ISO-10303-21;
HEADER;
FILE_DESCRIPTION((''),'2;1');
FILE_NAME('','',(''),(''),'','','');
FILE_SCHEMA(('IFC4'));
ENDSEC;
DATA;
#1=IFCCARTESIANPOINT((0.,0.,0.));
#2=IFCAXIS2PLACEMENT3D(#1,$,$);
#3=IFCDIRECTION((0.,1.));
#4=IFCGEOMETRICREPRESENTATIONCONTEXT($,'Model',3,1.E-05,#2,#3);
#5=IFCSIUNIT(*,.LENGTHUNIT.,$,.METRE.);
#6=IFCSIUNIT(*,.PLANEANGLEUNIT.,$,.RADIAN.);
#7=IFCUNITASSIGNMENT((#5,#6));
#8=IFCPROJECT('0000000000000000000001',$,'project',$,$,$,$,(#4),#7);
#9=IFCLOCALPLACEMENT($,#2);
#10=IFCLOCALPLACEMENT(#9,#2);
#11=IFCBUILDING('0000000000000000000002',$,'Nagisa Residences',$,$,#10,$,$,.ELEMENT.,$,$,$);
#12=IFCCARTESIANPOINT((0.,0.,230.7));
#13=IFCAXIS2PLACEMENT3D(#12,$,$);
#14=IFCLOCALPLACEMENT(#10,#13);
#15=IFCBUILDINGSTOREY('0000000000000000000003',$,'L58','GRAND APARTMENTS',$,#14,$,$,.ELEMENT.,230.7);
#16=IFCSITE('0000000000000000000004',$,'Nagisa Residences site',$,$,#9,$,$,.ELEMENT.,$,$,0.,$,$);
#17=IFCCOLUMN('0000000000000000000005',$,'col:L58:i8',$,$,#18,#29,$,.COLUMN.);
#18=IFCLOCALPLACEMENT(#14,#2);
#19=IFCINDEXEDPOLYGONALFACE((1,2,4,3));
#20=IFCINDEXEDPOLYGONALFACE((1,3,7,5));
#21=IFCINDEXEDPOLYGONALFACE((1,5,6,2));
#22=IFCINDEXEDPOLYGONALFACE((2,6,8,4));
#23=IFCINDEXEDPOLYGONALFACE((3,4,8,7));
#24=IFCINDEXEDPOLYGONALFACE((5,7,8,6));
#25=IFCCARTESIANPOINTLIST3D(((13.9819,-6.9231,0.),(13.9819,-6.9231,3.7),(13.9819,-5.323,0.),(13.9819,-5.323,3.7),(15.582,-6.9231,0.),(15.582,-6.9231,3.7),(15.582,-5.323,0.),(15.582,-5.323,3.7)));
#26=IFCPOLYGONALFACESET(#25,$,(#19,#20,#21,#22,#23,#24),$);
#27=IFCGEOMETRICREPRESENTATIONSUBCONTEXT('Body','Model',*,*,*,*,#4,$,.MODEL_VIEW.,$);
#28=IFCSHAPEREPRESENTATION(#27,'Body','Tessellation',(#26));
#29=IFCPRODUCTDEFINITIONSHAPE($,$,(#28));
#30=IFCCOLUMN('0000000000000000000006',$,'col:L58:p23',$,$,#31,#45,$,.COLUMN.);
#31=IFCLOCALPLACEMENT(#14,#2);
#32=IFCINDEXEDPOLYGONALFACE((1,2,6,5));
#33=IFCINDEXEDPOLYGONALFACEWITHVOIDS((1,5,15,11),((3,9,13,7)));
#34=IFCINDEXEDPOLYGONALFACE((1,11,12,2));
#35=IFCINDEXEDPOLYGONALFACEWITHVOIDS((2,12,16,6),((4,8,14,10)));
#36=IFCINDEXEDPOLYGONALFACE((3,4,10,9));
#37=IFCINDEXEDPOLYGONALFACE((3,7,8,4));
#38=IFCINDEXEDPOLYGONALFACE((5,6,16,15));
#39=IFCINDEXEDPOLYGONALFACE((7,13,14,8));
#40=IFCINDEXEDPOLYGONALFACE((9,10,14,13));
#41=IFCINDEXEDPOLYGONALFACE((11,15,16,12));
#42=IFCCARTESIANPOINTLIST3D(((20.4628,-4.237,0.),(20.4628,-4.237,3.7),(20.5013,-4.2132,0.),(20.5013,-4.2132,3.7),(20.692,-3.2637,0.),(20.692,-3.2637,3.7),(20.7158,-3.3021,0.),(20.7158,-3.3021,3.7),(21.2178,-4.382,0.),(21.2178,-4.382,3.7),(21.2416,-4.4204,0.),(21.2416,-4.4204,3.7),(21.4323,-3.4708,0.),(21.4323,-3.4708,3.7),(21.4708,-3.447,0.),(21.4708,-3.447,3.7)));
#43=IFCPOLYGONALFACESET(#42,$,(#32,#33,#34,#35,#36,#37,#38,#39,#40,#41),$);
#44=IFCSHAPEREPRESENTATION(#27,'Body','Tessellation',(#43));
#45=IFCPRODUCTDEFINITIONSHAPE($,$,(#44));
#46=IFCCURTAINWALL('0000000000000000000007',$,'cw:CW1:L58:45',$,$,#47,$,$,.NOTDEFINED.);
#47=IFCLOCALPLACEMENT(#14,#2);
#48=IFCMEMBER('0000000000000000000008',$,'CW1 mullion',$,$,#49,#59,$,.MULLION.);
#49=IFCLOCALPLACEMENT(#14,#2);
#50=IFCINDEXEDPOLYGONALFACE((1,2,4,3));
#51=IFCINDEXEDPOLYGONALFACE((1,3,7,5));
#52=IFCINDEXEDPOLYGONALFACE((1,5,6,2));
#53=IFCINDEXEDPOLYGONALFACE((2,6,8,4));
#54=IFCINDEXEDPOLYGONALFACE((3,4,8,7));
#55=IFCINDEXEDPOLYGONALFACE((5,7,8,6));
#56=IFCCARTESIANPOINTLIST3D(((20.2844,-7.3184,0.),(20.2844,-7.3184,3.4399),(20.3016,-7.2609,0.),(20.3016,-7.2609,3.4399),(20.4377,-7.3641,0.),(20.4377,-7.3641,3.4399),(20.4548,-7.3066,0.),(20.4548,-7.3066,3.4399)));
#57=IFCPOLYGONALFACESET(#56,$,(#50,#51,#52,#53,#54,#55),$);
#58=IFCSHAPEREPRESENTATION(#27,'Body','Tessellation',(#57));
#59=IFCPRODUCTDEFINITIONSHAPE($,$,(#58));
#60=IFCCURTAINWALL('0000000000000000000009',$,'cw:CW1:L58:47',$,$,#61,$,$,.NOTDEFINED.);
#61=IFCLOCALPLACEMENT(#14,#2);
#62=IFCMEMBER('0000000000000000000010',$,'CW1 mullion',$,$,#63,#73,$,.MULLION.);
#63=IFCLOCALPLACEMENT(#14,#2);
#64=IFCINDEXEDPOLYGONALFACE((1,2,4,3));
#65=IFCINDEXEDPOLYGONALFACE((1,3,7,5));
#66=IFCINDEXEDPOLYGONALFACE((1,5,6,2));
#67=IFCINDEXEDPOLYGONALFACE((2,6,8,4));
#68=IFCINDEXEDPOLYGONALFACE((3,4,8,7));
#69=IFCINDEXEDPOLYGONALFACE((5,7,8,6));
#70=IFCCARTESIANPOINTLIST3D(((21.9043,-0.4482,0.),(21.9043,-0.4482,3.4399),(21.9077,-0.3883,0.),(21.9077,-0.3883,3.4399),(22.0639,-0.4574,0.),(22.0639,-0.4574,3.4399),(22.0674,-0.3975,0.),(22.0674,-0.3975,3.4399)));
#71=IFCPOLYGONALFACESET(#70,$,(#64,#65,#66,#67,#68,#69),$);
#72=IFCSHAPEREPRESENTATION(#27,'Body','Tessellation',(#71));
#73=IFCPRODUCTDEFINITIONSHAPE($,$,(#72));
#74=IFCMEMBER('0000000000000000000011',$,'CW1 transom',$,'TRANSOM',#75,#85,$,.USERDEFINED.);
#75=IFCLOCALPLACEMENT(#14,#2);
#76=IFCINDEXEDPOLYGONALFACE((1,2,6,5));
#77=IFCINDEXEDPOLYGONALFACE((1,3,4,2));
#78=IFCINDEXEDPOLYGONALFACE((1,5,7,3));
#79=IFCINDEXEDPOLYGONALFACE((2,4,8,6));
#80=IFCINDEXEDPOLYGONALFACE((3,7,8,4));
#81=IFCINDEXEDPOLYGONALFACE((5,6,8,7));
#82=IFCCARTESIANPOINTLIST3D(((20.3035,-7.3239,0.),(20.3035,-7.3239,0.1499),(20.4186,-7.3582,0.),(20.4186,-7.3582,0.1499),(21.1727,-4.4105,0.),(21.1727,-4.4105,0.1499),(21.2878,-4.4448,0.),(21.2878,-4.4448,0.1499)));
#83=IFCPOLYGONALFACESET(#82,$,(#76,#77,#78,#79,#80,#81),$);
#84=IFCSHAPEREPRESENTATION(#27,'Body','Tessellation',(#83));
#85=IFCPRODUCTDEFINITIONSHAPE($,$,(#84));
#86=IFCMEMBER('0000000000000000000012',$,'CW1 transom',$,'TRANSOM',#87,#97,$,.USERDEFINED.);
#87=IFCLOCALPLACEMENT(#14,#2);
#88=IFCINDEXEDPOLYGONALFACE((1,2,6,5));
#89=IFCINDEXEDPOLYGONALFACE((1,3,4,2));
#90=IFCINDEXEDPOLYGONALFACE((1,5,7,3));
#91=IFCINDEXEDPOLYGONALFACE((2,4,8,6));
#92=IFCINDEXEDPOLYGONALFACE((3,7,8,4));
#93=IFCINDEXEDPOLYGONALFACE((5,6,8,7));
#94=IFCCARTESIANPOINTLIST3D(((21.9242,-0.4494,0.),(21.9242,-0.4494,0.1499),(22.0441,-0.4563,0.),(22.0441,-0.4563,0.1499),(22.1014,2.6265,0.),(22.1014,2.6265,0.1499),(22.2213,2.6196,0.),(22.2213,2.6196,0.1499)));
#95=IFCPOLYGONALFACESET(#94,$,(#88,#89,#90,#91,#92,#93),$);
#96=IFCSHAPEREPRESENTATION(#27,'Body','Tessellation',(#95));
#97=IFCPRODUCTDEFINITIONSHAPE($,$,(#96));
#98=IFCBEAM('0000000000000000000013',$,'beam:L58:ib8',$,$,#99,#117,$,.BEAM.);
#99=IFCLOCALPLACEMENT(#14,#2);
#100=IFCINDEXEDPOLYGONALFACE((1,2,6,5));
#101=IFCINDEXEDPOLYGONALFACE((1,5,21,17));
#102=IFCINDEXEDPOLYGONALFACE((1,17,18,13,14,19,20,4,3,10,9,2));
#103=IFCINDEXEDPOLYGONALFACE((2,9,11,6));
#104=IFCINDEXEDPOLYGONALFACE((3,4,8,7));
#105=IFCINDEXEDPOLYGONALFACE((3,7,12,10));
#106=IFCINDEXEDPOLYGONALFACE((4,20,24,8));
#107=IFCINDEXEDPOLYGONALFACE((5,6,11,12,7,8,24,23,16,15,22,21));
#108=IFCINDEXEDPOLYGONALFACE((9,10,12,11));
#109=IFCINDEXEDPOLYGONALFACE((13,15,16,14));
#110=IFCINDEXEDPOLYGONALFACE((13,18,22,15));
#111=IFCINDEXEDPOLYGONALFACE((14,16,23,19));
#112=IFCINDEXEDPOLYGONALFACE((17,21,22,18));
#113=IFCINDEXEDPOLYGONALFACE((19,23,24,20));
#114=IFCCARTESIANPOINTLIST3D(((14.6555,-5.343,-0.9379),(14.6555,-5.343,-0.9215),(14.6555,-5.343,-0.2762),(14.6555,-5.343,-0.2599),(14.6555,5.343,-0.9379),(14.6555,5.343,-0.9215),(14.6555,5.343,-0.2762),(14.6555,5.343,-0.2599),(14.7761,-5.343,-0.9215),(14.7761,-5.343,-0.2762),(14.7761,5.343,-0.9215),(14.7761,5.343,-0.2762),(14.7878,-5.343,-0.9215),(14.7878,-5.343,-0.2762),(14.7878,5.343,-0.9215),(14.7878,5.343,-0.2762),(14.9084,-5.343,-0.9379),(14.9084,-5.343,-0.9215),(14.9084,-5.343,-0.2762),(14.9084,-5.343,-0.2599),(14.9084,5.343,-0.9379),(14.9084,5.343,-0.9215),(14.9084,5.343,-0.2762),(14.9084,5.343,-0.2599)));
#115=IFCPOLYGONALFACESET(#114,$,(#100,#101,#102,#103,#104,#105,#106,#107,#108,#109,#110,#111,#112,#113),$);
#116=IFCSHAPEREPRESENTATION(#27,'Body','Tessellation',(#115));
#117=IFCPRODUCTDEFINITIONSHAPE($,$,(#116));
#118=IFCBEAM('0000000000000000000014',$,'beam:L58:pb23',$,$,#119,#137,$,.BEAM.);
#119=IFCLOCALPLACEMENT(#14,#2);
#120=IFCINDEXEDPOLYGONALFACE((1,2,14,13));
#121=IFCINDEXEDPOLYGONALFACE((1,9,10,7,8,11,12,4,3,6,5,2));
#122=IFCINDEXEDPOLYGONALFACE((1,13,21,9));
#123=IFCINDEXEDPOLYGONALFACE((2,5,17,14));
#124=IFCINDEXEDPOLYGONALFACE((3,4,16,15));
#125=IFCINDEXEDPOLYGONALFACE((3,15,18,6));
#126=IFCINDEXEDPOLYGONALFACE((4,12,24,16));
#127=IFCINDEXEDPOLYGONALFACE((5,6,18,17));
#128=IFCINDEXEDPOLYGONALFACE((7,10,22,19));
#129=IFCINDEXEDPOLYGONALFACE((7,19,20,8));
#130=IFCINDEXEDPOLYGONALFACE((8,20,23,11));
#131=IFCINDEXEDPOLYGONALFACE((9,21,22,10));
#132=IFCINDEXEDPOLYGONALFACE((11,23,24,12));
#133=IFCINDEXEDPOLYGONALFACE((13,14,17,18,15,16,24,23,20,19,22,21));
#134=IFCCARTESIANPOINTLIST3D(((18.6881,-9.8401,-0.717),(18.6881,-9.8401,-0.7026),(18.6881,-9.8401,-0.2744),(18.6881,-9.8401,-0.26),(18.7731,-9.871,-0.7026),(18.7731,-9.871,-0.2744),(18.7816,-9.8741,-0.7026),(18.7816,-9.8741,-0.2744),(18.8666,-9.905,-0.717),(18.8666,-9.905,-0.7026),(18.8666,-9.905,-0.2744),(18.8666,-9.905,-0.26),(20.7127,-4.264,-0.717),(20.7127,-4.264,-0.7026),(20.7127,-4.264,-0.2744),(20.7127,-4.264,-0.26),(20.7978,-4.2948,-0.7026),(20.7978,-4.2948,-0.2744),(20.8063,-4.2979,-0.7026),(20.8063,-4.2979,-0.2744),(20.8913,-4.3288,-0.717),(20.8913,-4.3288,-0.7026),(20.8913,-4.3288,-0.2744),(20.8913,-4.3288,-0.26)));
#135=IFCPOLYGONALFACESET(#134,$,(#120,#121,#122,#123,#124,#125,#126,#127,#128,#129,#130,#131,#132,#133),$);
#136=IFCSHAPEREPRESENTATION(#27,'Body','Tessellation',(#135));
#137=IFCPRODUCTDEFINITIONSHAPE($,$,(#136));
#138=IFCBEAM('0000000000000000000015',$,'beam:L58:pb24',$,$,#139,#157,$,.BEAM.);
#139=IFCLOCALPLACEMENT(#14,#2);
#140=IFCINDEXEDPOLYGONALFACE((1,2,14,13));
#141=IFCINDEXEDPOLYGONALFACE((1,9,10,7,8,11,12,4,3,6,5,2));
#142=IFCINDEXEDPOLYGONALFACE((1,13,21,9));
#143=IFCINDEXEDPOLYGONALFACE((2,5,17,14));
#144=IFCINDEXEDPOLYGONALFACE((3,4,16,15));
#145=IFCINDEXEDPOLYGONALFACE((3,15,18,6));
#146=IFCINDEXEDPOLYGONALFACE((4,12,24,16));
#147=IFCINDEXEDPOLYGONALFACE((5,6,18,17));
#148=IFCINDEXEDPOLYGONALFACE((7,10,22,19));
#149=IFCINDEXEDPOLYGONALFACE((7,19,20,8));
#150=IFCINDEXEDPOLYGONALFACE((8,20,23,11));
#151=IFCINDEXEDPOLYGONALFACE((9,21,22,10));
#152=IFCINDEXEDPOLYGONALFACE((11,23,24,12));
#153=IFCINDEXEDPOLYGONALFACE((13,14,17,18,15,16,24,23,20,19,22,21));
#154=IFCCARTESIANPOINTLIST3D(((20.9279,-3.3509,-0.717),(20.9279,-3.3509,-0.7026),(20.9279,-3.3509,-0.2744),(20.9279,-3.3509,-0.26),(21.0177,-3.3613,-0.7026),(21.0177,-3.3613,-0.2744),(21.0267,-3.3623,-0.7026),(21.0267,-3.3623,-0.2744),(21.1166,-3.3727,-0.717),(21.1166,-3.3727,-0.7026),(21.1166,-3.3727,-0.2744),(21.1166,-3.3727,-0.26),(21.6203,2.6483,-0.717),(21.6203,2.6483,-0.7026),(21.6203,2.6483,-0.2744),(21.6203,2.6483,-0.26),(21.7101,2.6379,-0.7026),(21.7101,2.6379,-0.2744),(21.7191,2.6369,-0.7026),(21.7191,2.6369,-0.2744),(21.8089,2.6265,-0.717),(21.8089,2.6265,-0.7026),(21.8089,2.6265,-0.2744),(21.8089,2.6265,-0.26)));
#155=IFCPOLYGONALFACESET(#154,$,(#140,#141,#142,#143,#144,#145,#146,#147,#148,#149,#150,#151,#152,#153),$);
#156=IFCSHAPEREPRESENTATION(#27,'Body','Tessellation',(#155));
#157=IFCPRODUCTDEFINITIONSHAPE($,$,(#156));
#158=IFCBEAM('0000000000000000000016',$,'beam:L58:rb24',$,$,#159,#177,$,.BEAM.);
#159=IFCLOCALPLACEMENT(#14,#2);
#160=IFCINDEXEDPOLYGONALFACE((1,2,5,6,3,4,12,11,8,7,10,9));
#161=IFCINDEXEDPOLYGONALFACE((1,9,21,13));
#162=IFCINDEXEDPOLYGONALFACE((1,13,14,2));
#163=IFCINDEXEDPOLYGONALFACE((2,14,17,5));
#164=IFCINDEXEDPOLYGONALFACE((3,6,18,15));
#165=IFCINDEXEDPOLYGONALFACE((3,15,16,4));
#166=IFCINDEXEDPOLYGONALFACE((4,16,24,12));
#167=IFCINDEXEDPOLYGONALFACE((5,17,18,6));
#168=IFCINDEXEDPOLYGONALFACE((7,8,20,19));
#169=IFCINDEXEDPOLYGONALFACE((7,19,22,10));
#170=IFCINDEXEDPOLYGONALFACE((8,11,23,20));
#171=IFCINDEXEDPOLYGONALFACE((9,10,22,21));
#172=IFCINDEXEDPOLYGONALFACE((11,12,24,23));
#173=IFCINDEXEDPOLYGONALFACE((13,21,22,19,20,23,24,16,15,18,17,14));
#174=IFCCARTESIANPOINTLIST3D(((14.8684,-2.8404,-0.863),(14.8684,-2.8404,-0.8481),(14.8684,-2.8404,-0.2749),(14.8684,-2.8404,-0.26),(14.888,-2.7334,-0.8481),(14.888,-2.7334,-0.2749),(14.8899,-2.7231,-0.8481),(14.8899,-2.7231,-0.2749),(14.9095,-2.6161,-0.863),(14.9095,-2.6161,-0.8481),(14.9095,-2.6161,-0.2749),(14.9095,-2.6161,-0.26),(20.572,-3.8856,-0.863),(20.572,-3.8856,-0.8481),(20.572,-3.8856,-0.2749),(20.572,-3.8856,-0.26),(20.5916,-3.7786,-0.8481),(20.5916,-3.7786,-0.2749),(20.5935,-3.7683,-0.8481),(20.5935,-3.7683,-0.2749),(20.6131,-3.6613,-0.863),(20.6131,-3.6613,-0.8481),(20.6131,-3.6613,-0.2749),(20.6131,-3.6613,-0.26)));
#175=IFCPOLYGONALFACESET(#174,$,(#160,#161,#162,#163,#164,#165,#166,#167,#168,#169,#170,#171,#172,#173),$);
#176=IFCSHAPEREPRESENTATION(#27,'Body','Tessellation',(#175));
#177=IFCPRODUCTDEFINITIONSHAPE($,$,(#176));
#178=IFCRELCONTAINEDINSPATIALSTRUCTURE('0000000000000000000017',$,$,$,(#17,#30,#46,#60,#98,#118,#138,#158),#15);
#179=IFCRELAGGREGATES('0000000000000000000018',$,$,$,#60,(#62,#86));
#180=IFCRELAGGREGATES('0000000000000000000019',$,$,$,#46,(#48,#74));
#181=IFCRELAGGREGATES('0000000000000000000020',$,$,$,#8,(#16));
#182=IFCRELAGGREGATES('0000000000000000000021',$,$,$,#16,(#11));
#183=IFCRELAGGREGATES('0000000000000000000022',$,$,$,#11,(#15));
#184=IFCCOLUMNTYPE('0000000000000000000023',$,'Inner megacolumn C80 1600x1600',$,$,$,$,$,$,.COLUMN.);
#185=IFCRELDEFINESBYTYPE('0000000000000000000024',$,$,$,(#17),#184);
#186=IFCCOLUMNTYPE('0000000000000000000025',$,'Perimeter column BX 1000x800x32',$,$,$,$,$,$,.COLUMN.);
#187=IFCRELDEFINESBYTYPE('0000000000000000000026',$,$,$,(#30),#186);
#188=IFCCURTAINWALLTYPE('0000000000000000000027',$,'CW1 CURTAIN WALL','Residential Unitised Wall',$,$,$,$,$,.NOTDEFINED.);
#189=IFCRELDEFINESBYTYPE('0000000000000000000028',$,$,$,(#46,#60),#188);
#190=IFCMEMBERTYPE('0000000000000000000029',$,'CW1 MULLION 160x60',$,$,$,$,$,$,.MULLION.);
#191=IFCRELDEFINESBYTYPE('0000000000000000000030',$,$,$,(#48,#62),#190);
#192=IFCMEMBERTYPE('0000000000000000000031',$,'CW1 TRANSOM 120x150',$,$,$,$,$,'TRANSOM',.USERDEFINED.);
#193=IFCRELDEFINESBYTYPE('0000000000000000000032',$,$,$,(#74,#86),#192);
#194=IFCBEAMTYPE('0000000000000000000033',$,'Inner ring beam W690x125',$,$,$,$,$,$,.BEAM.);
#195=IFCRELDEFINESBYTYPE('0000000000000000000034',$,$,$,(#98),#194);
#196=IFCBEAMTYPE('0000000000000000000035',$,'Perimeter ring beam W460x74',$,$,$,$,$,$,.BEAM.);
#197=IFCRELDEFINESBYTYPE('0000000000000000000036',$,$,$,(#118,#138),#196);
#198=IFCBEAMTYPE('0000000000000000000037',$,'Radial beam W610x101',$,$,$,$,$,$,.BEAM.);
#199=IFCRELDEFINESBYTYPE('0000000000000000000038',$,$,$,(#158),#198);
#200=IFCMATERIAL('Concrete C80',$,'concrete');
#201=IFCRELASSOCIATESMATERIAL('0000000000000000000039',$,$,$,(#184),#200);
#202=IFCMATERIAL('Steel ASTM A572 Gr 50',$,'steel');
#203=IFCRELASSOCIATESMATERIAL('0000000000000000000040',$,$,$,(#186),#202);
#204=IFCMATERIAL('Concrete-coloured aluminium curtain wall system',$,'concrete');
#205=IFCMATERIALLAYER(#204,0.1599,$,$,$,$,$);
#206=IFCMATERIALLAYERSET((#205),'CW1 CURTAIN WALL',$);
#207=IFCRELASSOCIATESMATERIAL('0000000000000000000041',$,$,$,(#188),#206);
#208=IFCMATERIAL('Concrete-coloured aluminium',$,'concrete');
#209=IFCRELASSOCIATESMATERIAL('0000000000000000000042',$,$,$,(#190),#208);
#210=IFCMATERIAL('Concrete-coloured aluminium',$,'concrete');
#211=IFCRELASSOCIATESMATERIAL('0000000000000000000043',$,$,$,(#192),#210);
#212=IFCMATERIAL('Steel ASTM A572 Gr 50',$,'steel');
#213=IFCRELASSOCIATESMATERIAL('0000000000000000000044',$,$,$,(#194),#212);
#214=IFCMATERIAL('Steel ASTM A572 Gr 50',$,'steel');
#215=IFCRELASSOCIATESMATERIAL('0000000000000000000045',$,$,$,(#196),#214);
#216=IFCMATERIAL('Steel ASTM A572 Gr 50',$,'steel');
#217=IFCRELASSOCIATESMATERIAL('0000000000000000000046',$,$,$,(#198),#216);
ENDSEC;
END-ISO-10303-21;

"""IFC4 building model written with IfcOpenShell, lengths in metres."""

from ifc_helpers import new_model, si_unit, direction, frame, origin, origin_2d, place, context, subcontext, project, spatial, rectangle, hollow_rectangle, i_section, extrude, material, layer, layer_set, material_profile, profile_set, type_object, element, aggregate, save


model = new_model("IFC4")

# Units and contexts
model_context = context("Model", 3, precision=1e-05, world=origin(), true_north=direction((0.0, 1.0)))
body_context = subcontext(model_context, "Body", "Model", "MODEL_VIEW")
ifc_project = project(units=[si_unit("LENGTHUNIT", "METRE"), si_unit("PLANEANGLEUNIT", "RADIAN")], contexts=[model_context])

# Site, building, storey
site_placement = place(None, origin())
site = spatial("IfcSite", under=ifc_project, at=site_placement, Name="Nagisa Residences site", CompositionType="ELEMENT", RefElevation=0.0)
building_placement = place(site_placement, origin())
building = spatial("IfcBuilding", under=site, at=building_placement, Name="Nagisa Residences", CompositionType="ELEMENT")
storey_placement = place(building_placement, frame((0.0, 0.0, 230.7)))
storey = spatial("IfcBuildingStorey", under=building, at=storey_placement, Name="L58", Description="GRAND APARTMENTS", CompositionType="ELEMENT", Elevation=230.7)

# Columns
ifc_material_1 = material(Name="Concrete C80", Category="concrete")
ifc_material_profile_1 = material_profile(ifc_material_1, rectangle(XDim=1.6001, YDim=1.6001, at=origin_2d()), Name="C80 1600x1600")
ifc_profile_set_1 = profile_set([ifc_material_profile_1], Name="Concrete C80")
column_type_1 = type_object("IfcColumnType", Name="Inner megacolumn C80 1600x1600", PredefinedType="COLUMN", material=ifc_profile_set_1)
column_1_placement = place(storey_placement, frame((14.782, -6.123, 0.0), z_axis=(0.0, 0.0, 1.0), x_axis=(1.0, 0.0, 0.0)))
element("IfcColumn", 1, at=column_1_placement, inside=storey, type_object=column_type_1, Name="col:L58:i8", PredefinedType="COLUMN", context=body_context, shape_type="SweptSolid", body=[
    extrude(rectangle(XDim=1.6001, YDim=1.6001, at=origin_2d()), origin(), (0.0, 0.0, 1.0), 3.7),
])
ifc_material_2 = material(Name="Steel ASTM A572 Gr 50", Category="steel")
ifc_material_profile_2 = material_profile(ifc_material_2, hollow_rectangle(XDim=1.0, YDim=0.8, WallThickness=0.032, at=origin_2d()), Name="BX 1000x800x32")
ifc_profile_set_2 = profile_set([ifc_material_profile_2], Name="Steel ASTM A572 Gr 50")
column_type_2 = type_object("IfcColumnType", Name="Perimeter column BX 1000x800x32", PredefinedType="COLUMN", material=ifc_profile_set_2)
column_2_placement = place(storey_placement, frame((20.9668, -3.842, 0.0), z_axis=(0.0, 0.0, 1.0), x_axis=(0.229202, 0.973379, 0.0)))
element("IfcColumn", 2, at=column_2_placement, inside=storey, type_object=column_type_2, Name="col:L58:p23", PredefinedType="COLUMN", context=body_context, shape_type="SweptSolid", body=[
    extrude(hollow_rectangle(XDim=1.0, YDim=0.8, WallThickness=0.032, at=origin_2d()), origin(), (0.0, 0.0, 1.0), 3.7),
])

# Curtain walls, members
ifc_material_3 = material(Name="Concrete-coloured aluminium curtain wall system", Category="concrete")
ifc_layer_1 = layer(ifc_material_3, 0.1599)
ifc_layer_set_1 = layer_set([ifc_layer_1], Name="CW1 CURTAIN WALL")
curtain_wall_type = type_object("IfcCurtainWallType", Name="CW1 CURTAIN WALL", Description="Residential Unitised Wall", PredefinedType="NOTDEFINED", material=ifc_layer_set_1)
curtain_wall_1_placement = place(storey_placement, origin())
curtain_wall_1 = element("IfcCurtainWall", 3, at=curtain_wall_1_placement, inside=storey, type_object=curtain_wall_type, Name="cw:CW1:L58:45", PredefinedType="NOTDEFINED")
ifc_material_4 = material(Name="Concrete-coloured aluminium", Category="concrete")
ifc_material_profile_3 = material_profile(ifc_material_4, rectangle(XDim=0.1599, YDim=0.0601, at=origin_2d()), Name="CW1 MULLION 160x60")
ifc_profile_set_3 = profile_set([ifc_material_profile_3], Name="Concrete-coloured aluminium")
member_type_1 = type_object("IfcMemberType", Name="CW1 MULLION 160x60", PredefinedType="MULLION", material=ifc_profile_set_3)
member_1_placement = place(storey_placement, frame((20.3696, -7.3125, 0.0), z_axis=(0.0, 0.0, 1.0), x_axis=(-0.958271, 0.28586, 0.0)))
member_1 = element("IfcMember", 4, at=member_1_placement, type_object=member_type_1, Name="CW1 mullion", PredefinedType="MULLION", context=body_context, shape_type="SweptSolid", body=[
    extrude(rectangle(XDim=0.1599, YDim=0.0601, at=origin_2d()), origin(), (0.0, 0.0, 1.0), 3.4399),
])
curtain_wall_2_placement = place(storey_placement, origin())
curtain_wall_2 = element("IfcCurtainWall", 5, at=curtain_wall_2_placement, inside=storey, type_object=curtain_wall_type, Name="cw:CW1:L58:47", PredefinedType="NOTDEFINED")
member_2_placement = place(storey_placement, frame((21.9858, -0.4229, 0.0), z_axis=(0.0, 0.0, 1.0), x_axis=(-0.998345, 0.057503, 0.0)))
member_2 = element("IfcMember", 6, at=member_2_placement, type_object=member_type_1, Name="CW1 mullion", PredefinedType="MULLION", context=body_context, shape_type="SweptSolid", body=[
    extrude(rectangle(XDim=0.1599, YDim=0.0601, at=origin_2d()), origin(), (0.0, 0.0, 1.0), 3.4399),
])

# Members
ifc_material_5 = material(Name="Concrete-coloured aluminium", Category="concrete")
ifc_material_profile_4 = material_profile(ifc_material_5, rectangle(XDim=0.1201, YDim=0.1499, at=origin_2d()), Name="CW1 TRANSOM 120x150")
ifc_profile_set_4 = profile_set([ifc_material_profile_4], Name="Concrete-coloured aluminium")
member_type_2 = type_object("IfcMemberType", Name="CW1 TRANSOM 120x150", ElementType="TRANSOM", PredefinedType="USERDEFINED", material=ifc_profile_set_4)
member_3_placement = place(storey_placement, frame((20.3611, -7.3411, 0.075), z_axis=(0.285881, 0.958265, 0.0), x_axis=(-0.958265, 0.285881, 0.0)))
member_3 = element("IfcMember", 7, at=member_3_placement, type_object=member_type_2, Name="CW1 transom", ObjectType="TRANSOM", PredefinedType="USERDEFINED", context=body_context, shape_type="SweptSolid", body=[
    extrude(rectangle(XDim=0.1201, YDim=0.1499, at=origin_2d()), origin(), (0.0, 0.0, 1.0), 3.0403),
])
member_4_placement = place(storey_placement, frame((21.9841, -0.4529, 0.075), z_axis=(0.057528, 0.998344, 0.0), x_axis=(-0.998344, 0.057528, 0.0)))
member_4 = element("IfcMember", 8, at=member_4_placement, type_object=member_type_2, Name="CW1 transom", ObjectType="TRANSOM", PredefinedType="USERDEFINED", context=body_context, shape_type="SweptSolid", body=[
    extrude(rectangle(XDim=0.1201, YDim=0.1499, at=origin_2d()), origin(), (0.0, 0.0, 1.0), 3.0811),
])
aggregate(curtain_wall_2, [member_2, member_4])

# Beams
ifc_material_6 = material(Name="Steel ASTM A572 Gr 50", Category="steel")
ifc_material_profile_5 = material_profile(ifc_material_6, i_section(OverallWidth=0.2529, OverallDepth=0.678, WebThickness=0.0117, FlangeThickness=0.0164, at=origin_2d()), Name="W690x125")
ifc_profile_set_5 = profile_set([ifc_material_profile_5], Name="Steel ASTM A572 Gr 50")
beam_type_1 = type_object("IfcBeamType", Name="Inner ring beam W690x125", PredefinedType="BEAM", material=ifc_profile_set_5)
beam_1_placement = place(storey_placement, frame((14.782, -5.343, -0.5989), z_axis=(0.0, 1.0, 0.0), x_axis=(-1.0, 0.0, 0.0)))
element("IfcBeam", 9, at=beam_1_placement, inside=storey, type_object=beam_type_1, Name="beam:L58:ib8", PredefinedType="BEAM", context=body_context, shape_type="SweptSolid", body=[
    extrude(i_section(OverallWidth=0.2529, OverallDepth=0.678, WebThickness=0.0117, FlangeThickness=0.0164, at=origin_2d()), origin(), (0.0, 0.0, 1.0), 10.686),
])
ifc_material_7 = material(Name="Steel ASTM A572 Gr 50", Category="steel")
ifc_material_profile_6 = material_profile(ifc_material_7, i_section(OverallWidth=0.1899, OverallDepth=0.457, WebThickness=0.009, FlangeThickness=0.0144, at=origin_2d()), Name="W460x74")
ifc_profile_set_6 = profile_set([ifc_material_profile_6], Name="Steel ASTM A572 Gr 50")
beam_type_2 = type_object("IfcBeamType", Name="Perimeter ring beam W460x74", PredefinedType="BEAM", material=ifc_profile_set_6)
beam_2_placement = place(storey_placement, frame((18.7773, -9.8726, -0.4885), z_axis=(0.34129, 0.939958, 0.0), x_axis=(-0.939958, 0.34129, 0.0)))
element("IfcBeam", 10, at=beam_2_placement, inside=storey, type_object=beam_type_2, Name="beam:L58:pb23", PredefinedType="BEAM", context=body_context, shape_type="SweptSolid", body=[
    extrude(i_section(OverallWidth=0.1899, OverallDepth=0.457, WebThickness=0.009, FlangeThickness=0.0144, at=origin_2d()), origin(), (0.0, 0.0, 1.0), 5.9324),
])
beam_3_placement = place(storey_placement, frame((21.0222, -3.3618, -0.4885), z_axis=(0.11465, 0.993406, 0.0), x_axis=(-0.993406, 0.11465, 0.0)))
element("IfcBeam", 11, at=beam_3_placement, inside=storey, type_object=beam_type_2, Name="beam:L58:pb24", PredefinedType="BEAM", context=body_context, shape_type="SweptSolid", body=[
    extrude(i_section(OverallWidth=0.1899, OverallDepth=0.457, WebThickness=0.009, FlangeThickness=0.0144, at=origin_2d()), origin(), (0.0, 0.0, 1.0), 6.0391),
])
ifc_material_8 = material(Name="Steel ASTM A572 Gr 50", Category="steel")
ifc_material_profile_7 = material_profile(ifc_material_8, i_section(OverallWidth=0.228, OverallDepth=0.603, WebThickness=0.0105, FlangeThickness=0.0149, at=origin_2d()), Name="W610x101")
ifc_profile_set_7 = profile_set([ifc_material_profile_7], Name="Steel ASTM A572 Gr 50")
beam_type_3 = type_object("IfcBeamType", Name="Radial beam W610x101", PredefinedType="BEAM", material=ifc_profile_set_7)
beam_4_placement = place(storey_placement, frame((20.5925, -3.7734, -0.5615), z_axis=(-0.983622, 0.180245, 0.0), x_axis=(-0.180245, -0.983622, 0.0)))
element("IfcBeam", 12, at=beam_4_placement, inside=storey, type_object=beam_type_3, Name="beam:L58:rb24", PredefinedType="BEAM", context=body_context, shape_type="SweptSolid", body=[
    extrude(i_section(OverallWidth=0.228, OverallDepth=0.603, WebThickness=0.0105, FlangeThickness=0.0149, at=origin_2d()), origin(), (0.0, 0.0, 1.0), 5.7986),
])

aggregate(curtain_wall_1, [member_1, member_3])

save(model, "model.ifc")
